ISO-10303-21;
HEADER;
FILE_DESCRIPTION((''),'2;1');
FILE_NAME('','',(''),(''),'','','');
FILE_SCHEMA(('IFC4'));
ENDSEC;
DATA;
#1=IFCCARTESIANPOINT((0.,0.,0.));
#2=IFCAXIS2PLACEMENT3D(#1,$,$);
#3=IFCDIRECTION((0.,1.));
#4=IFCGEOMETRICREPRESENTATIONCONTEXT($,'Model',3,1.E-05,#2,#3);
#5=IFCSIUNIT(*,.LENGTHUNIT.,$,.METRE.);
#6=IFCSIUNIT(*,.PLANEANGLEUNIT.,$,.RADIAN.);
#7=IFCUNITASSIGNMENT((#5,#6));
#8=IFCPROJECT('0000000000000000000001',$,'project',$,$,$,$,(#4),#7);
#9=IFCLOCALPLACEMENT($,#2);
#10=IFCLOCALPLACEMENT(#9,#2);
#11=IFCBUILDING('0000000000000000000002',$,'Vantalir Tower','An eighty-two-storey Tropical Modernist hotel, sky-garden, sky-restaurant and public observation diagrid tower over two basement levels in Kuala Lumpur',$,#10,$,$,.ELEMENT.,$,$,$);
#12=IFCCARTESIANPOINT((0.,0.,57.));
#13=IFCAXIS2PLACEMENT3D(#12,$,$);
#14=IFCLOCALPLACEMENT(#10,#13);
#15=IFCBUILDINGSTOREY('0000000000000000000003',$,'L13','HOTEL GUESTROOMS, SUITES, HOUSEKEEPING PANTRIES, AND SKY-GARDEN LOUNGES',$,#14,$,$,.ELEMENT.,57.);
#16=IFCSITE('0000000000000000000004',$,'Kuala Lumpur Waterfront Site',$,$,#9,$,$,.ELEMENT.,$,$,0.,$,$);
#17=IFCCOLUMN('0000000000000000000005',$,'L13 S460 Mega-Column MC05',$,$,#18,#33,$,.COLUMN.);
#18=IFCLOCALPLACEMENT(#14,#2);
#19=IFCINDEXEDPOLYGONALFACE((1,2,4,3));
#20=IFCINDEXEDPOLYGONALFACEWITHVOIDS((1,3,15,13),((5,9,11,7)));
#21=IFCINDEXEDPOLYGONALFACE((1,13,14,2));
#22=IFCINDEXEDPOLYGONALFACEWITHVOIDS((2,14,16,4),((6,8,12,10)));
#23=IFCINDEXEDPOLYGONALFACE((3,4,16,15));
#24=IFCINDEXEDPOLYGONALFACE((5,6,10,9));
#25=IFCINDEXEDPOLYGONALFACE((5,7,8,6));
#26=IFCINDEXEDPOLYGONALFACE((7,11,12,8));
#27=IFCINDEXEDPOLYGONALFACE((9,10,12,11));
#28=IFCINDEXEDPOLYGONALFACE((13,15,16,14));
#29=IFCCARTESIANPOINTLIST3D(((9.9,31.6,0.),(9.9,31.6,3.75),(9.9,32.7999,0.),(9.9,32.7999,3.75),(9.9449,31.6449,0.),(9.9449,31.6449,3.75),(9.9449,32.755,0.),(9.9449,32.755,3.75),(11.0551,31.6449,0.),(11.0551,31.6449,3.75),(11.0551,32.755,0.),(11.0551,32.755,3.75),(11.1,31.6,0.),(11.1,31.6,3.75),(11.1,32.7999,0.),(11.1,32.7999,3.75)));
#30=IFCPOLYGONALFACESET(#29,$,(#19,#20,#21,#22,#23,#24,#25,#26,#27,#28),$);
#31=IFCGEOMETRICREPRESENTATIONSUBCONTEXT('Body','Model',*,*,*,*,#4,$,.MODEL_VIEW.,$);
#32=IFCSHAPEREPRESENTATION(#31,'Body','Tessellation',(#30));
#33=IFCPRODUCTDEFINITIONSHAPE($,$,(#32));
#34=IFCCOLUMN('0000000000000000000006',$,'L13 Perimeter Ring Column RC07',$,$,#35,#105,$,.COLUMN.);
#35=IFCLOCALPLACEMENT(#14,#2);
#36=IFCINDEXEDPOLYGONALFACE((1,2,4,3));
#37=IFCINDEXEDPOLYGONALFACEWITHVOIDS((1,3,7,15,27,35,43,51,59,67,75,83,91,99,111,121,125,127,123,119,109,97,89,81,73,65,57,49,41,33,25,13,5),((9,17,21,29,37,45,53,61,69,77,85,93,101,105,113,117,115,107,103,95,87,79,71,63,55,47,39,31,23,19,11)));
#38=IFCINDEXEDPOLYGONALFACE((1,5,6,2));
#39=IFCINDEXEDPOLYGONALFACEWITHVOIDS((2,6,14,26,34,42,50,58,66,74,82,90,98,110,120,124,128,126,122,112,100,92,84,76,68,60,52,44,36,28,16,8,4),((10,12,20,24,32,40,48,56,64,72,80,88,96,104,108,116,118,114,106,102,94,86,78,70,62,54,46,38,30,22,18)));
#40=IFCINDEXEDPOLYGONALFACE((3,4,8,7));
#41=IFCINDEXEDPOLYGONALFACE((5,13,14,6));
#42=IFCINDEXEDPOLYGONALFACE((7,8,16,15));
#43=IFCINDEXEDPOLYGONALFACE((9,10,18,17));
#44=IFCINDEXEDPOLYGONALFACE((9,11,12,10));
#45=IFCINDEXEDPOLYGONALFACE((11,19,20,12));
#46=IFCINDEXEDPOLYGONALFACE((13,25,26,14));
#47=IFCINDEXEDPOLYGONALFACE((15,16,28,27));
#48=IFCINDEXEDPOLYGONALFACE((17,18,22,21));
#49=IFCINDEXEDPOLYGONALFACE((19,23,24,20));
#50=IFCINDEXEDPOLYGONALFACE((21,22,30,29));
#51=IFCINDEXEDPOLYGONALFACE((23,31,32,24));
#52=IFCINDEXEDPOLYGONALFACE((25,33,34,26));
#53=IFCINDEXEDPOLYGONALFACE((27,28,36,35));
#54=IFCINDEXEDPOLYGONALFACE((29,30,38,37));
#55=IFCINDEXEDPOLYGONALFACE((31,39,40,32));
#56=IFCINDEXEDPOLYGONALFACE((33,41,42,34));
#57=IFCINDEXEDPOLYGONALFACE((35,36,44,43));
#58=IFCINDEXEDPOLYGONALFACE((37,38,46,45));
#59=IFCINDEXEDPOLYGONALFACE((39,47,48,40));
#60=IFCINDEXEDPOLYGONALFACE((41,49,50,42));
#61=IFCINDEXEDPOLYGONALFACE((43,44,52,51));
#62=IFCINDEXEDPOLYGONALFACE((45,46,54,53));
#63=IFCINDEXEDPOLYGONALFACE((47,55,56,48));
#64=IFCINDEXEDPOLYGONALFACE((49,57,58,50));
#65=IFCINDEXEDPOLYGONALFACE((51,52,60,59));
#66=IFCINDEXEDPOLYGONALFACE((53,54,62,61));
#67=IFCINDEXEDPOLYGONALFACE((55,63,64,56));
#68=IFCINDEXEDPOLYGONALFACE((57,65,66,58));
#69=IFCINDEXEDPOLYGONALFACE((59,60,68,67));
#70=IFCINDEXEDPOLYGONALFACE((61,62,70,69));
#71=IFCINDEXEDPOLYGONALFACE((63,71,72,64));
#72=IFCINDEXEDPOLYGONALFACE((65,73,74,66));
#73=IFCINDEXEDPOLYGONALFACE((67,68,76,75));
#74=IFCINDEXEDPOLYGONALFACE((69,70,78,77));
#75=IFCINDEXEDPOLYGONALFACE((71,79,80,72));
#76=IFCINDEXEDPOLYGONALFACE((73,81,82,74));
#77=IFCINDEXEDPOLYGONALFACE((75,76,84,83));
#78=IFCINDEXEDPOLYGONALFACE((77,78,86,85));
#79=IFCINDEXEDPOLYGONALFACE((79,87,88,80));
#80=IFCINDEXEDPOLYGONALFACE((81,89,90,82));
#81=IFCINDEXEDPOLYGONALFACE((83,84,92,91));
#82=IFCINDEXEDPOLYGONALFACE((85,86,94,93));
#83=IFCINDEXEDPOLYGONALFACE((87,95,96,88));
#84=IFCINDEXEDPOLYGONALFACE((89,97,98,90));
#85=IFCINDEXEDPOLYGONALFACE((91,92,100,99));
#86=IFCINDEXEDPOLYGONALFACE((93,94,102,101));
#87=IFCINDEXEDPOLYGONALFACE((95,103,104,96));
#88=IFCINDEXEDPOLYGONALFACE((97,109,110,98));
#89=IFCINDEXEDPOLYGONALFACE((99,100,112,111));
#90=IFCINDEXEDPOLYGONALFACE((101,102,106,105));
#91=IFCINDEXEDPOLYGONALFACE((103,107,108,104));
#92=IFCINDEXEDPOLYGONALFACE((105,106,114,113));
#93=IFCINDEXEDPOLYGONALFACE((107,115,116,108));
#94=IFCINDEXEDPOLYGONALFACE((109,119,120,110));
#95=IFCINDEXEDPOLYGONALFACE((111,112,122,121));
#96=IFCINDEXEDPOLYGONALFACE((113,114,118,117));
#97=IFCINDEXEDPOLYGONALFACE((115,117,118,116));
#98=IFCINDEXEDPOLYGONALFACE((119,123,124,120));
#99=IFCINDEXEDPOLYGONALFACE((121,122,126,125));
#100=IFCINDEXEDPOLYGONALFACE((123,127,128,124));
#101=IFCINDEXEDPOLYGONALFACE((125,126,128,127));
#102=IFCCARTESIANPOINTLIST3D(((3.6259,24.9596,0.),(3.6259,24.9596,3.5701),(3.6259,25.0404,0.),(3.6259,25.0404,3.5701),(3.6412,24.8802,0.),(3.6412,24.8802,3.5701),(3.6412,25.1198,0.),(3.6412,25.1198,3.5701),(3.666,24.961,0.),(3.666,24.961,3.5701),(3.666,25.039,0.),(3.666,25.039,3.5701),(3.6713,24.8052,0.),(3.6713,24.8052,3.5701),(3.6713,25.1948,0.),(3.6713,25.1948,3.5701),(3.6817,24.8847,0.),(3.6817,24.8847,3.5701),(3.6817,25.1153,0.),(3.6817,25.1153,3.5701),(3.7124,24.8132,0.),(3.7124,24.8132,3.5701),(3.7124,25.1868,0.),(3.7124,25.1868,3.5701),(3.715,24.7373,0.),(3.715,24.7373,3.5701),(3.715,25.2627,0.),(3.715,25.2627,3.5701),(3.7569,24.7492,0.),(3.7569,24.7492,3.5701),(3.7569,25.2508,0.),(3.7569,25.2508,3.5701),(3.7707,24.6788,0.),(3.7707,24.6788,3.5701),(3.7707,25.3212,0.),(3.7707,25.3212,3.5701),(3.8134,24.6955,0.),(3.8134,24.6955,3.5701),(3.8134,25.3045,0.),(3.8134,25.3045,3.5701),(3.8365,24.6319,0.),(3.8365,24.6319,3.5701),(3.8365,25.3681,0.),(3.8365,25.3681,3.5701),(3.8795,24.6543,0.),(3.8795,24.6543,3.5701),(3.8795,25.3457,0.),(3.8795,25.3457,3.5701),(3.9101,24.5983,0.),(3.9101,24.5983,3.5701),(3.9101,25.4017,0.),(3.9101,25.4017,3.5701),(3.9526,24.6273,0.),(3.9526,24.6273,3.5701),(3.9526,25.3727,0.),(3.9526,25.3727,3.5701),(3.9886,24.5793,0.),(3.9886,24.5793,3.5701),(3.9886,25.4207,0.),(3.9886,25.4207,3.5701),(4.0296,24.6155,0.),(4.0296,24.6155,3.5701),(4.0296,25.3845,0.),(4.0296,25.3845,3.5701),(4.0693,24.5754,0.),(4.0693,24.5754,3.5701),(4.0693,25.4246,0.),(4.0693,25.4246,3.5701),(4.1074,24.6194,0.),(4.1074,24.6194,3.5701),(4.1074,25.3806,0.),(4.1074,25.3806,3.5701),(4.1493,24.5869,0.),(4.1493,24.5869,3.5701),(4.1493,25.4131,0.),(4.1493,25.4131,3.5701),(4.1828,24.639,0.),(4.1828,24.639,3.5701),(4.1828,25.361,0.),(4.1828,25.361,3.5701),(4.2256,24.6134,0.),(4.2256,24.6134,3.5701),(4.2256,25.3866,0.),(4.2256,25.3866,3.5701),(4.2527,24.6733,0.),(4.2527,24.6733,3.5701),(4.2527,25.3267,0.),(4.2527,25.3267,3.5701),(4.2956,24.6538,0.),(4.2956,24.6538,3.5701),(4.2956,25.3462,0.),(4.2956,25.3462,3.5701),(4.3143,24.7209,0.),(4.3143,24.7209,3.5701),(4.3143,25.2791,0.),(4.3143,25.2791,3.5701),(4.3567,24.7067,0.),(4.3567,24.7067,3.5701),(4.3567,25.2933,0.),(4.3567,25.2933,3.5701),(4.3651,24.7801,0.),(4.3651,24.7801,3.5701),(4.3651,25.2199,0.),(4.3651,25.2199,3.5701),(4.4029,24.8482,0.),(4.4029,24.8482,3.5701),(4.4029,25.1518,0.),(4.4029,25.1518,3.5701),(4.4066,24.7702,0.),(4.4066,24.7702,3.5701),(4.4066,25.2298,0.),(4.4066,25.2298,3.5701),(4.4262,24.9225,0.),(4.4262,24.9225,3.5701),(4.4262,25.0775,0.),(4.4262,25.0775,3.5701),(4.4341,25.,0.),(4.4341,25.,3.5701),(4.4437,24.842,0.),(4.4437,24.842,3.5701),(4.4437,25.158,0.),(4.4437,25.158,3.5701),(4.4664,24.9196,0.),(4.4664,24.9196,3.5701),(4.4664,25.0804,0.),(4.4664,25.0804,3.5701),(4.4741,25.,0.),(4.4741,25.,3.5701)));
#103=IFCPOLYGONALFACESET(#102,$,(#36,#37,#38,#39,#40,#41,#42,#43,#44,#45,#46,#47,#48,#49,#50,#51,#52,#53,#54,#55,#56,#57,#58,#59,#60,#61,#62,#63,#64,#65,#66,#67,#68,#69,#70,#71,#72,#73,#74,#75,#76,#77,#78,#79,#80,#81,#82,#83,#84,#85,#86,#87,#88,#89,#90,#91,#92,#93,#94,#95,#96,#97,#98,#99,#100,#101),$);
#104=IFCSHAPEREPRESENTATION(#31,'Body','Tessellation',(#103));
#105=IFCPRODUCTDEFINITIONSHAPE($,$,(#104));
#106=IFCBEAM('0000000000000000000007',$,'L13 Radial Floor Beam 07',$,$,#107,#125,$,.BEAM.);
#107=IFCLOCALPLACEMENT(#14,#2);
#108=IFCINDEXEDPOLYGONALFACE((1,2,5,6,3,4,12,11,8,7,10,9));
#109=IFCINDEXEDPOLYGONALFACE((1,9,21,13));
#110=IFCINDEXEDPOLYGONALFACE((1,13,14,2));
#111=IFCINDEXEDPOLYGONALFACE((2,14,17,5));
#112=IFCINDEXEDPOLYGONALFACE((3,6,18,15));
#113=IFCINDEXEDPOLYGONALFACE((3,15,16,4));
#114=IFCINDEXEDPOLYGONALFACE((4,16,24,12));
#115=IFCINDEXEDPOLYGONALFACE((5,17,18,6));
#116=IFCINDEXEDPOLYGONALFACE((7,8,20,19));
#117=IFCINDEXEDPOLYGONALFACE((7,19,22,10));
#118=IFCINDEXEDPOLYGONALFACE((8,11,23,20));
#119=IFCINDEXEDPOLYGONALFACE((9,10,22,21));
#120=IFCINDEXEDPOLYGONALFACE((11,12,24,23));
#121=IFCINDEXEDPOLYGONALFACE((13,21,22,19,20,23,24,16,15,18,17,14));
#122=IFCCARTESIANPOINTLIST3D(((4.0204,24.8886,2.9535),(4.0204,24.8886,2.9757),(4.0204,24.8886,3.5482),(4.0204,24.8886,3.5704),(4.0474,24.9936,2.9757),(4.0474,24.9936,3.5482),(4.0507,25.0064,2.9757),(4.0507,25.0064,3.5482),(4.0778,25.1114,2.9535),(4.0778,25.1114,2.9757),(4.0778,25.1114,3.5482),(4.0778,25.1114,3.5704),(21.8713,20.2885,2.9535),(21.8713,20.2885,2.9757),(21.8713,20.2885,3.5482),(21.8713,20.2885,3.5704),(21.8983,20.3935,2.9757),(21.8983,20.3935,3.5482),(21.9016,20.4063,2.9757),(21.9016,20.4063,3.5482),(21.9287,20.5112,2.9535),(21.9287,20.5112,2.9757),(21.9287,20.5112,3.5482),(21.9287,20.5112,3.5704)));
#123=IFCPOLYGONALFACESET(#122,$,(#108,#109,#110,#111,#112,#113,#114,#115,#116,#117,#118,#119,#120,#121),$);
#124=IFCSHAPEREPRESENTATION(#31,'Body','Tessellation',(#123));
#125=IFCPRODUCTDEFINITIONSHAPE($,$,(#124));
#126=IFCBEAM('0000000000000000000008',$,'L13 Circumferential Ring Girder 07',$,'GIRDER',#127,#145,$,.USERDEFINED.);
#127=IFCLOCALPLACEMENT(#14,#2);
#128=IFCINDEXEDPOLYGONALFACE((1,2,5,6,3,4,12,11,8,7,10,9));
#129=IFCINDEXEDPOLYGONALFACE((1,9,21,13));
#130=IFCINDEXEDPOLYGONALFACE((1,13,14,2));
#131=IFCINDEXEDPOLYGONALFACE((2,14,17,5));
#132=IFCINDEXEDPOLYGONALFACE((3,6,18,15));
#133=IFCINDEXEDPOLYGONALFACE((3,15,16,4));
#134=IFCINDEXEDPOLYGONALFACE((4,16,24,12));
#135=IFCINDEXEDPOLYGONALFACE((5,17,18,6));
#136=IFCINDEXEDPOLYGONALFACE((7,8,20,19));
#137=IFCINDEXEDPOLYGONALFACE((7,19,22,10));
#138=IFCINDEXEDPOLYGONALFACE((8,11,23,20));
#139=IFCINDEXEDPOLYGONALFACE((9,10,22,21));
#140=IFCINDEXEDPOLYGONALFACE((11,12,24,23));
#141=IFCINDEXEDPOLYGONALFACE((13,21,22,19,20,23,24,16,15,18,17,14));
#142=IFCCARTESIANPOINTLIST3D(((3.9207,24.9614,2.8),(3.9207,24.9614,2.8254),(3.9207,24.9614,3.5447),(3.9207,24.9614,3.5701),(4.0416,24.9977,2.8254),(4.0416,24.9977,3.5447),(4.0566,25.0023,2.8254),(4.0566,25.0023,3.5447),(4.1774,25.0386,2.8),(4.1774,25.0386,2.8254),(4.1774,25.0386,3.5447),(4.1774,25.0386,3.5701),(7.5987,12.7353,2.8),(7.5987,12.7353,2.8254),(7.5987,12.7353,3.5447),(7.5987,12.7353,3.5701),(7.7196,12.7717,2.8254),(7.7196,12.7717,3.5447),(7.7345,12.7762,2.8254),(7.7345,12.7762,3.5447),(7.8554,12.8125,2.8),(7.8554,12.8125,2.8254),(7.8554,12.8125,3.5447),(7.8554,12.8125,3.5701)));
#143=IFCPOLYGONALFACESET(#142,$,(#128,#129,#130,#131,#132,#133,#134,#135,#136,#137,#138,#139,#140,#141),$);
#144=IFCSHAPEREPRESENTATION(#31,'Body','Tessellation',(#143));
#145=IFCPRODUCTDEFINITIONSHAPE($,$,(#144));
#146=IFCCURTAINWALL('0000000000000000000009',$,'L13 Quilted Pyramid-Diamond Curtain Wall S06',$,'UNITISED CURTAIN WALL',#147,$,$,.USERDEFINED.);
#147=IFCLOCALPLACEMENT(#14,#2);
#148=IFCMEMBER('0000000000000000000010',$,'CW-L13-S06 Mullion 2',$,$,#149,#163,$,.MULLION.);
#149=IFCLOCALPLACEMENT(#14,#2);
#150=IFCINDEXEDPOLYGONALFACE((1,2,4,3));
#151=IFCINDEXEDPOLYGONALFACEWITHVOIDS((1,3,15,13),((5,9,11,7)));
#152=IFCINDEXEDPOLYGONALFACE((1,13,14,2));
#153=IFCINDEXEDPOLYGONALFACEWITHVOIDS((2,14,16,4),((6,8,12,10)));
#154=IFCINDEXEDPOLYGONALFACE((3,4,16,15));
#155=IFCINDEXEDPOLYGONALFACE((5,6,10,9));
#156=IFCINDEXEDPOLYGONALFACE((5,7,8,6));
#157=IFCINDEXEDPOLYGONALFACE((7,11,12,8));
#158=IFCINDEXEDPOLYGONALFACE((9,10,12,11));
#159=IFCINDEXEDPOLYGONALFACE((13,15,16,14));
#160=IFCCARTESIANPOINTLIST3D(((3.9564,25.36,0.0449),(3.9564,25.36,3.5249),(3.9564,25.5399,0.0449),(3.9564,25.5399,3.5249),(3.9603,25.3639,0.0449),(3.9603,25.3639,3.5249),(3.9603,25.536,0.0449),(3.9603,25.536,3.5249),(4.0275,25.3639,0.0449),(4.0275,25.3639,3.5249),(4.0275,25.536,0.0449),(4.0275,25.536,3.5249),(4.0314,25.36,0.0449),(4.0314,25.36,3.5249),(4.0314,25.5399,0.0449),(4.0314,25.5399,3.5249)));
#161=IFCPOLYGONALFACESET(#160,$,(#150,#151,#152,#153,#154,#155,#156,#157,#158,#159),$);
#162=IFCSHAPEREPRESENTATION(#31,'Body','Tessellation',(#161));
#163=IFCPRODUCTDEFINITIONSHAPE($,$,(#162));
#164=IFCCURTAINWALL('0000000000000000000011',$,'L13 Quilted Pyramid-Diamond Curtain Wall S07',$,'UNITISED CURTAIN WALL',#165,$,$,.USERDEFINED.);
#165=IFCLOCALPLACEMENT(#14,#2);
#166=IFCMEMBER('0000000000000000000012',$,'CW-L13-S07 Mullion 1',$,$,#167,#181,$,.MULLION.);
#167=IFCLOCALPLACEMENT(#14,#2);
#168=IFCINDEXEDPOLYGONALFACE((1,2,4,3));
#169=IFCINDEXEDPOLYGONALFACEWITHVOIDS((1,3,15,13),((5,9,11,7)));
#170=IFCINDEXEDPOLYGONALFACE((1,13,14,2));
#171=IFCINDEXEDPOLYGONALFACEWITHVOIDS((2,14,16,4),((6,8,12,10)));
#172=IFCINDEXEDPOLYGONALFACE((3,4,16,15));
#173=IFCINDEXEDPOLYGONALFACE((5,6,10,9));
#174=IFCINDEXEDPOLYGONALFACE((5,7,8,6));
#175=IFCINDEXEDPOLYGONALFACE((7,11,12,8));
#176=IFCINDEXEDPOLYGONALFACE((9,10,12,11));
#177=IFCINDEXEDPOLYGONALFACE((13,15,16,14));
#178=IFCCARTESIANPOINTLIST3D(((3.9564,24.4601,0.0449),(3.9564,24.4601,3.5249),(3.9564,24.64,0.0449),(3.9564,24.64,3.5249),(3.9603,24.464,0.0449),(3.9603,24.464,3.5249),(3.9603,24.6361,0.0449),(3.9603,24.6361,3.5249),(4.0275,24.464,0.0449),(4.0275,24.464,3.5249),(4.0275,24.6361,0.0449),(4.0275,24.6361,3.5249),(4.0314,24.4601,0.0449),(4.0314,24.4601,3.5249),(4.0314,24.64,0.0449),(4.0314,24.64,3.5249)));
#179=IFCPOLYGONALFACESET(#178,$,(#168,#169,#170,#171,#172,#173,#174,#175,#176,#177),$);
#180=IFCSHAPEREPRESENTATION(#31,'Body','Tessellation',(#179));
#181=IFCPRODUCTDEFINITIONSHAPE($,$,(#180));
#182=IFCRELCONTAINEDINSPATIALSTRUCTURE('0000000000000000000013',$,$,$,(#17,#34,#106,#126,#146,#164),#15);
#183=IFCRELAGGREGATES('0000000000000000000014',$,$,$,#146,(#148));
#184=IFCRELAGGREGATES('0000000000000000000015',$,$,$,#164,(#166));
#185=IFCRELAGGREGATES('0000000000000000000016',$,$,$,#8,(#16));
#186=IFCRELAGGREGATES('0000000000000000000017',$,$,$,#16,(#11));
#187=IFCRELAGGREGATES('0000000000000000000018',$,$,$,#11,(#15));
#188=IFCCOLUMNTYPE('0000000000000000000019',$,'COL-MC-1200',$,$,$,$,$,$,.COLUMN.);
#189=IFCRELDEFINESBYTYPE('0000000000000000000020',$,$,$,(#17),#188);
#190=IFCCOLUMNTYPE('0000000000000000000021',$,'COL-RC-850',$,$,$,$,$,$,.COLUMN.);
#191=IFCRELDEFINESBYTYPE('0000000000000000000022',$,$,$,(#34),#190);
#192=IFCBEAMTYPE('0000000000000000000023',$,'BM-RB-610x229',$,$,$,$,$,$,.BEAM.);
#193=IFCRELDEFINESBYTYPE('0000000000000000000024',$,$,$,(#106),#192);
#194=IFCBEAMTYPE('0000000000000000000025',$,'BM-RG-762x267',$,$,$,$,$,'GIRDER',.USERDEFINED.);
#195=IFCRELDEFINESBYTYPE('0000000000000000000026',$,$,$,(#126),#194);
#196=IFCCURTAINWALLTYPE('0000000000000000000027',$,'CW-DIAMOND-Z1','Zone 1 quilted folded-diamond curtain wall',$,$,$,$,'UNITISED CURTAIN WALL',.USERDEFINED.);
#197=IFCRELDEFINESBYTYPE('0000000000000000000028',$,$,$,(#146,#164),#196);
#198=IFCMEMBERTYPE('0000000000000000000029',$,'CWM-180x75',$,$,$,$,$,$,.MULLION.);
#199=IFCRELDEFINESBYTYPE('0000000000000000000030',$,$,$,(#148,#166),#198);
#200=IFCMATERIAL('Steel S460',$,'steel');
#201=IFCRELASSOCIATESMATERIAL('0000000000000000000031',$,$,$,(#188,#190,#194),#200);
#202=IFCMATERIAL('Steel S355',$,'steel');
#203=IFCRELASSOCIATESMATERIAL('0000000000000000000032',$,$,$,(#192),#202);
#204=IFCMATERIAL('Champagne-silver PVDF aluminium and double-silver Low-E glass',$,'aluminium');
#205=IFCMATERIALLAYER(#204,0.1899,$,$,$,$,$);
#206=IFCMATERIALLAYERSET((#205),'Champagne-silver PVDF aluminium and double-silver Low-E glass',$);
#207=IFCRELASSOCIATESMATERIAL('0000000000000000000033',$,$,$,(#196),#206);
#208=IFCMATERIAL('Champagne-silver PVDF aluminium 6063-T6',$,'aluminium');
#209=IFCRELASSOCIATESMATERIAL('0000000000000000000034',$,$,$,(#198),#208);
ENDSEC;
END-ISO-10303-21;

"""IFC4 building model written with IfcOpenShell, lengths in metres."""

from ifc_helpers import new_model, si_unit, direction, frame, origin, origin_2d, place, context, subcontext, project, spatial, hollow_rectangle, hollow_circle, i_section, extrude, material, layer, layer_set, material_profile, profile_set, type_object, element, aggregate, save


model = new_model("IFC4")

# Units and contexts
model_context = context("Model", 3, precision=1e-05, world=origin(), true_north=direction((0.0, 1.0)))
body_context = subcontext(model_context, "Body", "Model", "MODEL_VIEW")
ifc_project = project(units=[si_unit("LENGTHUNIT", "METRE"), si_unit("PLANEANGLEUNIT", "RADIAN")], contexts=[model_context])

# Site, building, storey
site_placement = place(None, origin())
site = spatial("IfcSite", under=ifc_project, at=site_placement, Name="Kuala Lumpur Waterfront Site", CompositionType="ELEMENT", RefElevation=0.0)
building_placement = place(site_placement, origin())
building = spatial("IfcBuilding", under=site, at=building_placement, Name="Vantalir Tower", Description="An eighty-two-storey Tropical Modernist hotel, sky-garden, sky-restaurant and public observation diagrid tower over two basement levels in Kuala Lumpur", CompositionType="ELEMENT")
storey_placement = place(building_placement, frame((0.0, 0.0, 57.0)))
storey = spatial("IfcBuildingStorey", under=building, at=storey_placement, Name="L13", Description="HOTEL GUESTROOMS, SUITES, HOUSEKEEPING PANTRIES, AND SKY-GARDEN LOUNGES", CompositionType="ELEMENT", Elevation=57.0)

# Columns
ifc_material_1 = material(Name="Steel S460", Category="steel")
ifc_material_profile_1 = material_profile(ifc_material_1, hollow_rectangle(XDim=1.2, YDim=1.2, WallThickness=0.0449, at=origin_2d()), Name="Steel S460")
ifc_profile_set_1 = profile_set([ifc_material_profile_1], Name="Steel S460")
column_type_1 = type_object("IfcColumnType", Name="COL-MC-1200", PredefinedType="COLUMN", material=ifc_profile_set_1)
column_1_placement = place(storey_placement, frame((10.5, 32.2, 0.0), z_axis=(0.0, 0.0, 1.0), x_axis=(1.0, 0.0, 0.0)))
element("IfcColumn", 1, at=column_1_placement, inside=storey, type_object=column_type_1, Name="L13 S460 Mega-Column MC05", PredefinedType="COLUMN", context=body_context, shape_type="SweptSolid", body=[
    extrude(hollow_rectangle(XDim=1.2, YDim=1.2, WallThickness=0.0449, at=origin_2d()), origin(), (0.0, 0.0, 1.0), 3.75),
])
ifc_material_profile_2 = material_profile(ifc_material_1, hollow_circle(Radius=0.425, WallThickness=0.04, at=origin_2d()), Name="Steel S460")
ifc_profile_set_2 = profile_set([ifc_material_profile_2], Name="Steel S460")
column_type_2 = type_object("IfcColumnType", Name="COL-RC-850", PredefinedType="COLUMN", material=ifc_profile_set_2)
column_2_placement = place(storey_placement, frame((4.0491, 25.0, 0.0), z_axis=(0.0, 0.0, 1.0), x_axis=(1.0, 0.0, 0.0)))
element("IfcColumn", 2, at=column_2_placement, inside=storey, type_object=column_type_2, Name="L13 Perimeter Ring Column RC07", PredefinedType="COLUMN", context=body_context, shape_type="SweptSolid", body=[
    extrude(hollow_circle(Radius=0.425, WallThickness=0.04, at=origin_2d()), origin(), (0.0, 0.0, 1.0), 3.5701),
])

# Beams
ifc_material_2 = material(Name="Steel S355", Category="steel")
ifc_material_profile_3 = material_profile(ifc_material_2, i_section(OverallWidth=0.23, OverallDepth=0.6169, WebThickness=0.0132, FlangeThickness=0.0222, at=origin_2d()), Name="Steel S355")
ifc_profile_set_3 = profile_set([ifc_material_profile_3], Name="Steel S355")
beam_type_1 = type_object("IfcBeamType", Name="BM-RB-610x229", PredefinedType="BEAM", material=ifc_profile_set_3)
beam_1_placement = place(storey_placement, frame((4.0491, 25.0, 3.262), z_axis=(0.968363, -0.249544, 0.0), x_axis=(0.249544, 0.968363, 0.0)))
element("IfcBeam", 3, at=beam_1_placement, inside=storey, type_object=beam_type_1, Name="L13 Radial Floor Beam 07", PredefinedType="BEAM", context=body_context, shape_type="SweptSolid", body=[
    extrude(i_section(OverallWidth=0.23, OverallDepth=0.6169, WebThickness=0.0132, FlangeThickness=0.0222, at=origin_2d()), origin(), (0.0, 0.0, 1.0), 18.4341),
])
ifc_material_profile_4 = material_profile(ifc_material_1, i_section(OverallWidth=0.2681, OverallDepth=0.77, WebThickness=0.0156, FlangeThickness=0.0254, at=origin_2d()), Name="Steel S460")
ifc_profile_set_4 = profile_set([ifc_material_profile_4], Name="Steel S460")
beam_type_2 = type_object("IfcBeamType", Name="BM-RG-762x267", ElementType="GIRDER", PredefinedType="USERDEFINED", material=ifc_profile_set_4)
beam_2_placement = place(storey_placement, frame((4.0491, 25.0, 3.1851), z_axis=(0.288078, -0.957607, 0.0), x_axis=(0.957607, 0.288078, 0.0)))
element("IfcBeam", 4, at=beam_2_placement, inside=storey, type_object=beam_type_2, Name="L13 Circumferential Ring Girder 07", ObjectType="GIRDER", PredefinedType="USERDEFINED", context=body_context, shape_type="SweptSolid", body=[
    extrude(i_section(OverallWidth=0.2681, OverallDepth=0.77, WebThickness=0.0156, FlangeThickness=0.0254, at=origin_2d()), origin(), (0.0, 0.0, 1.0), 12.7673),
])

# Curtain wall, member
ifc_material_3 = material(Name="Champagne-silver PVDF aluminium and double-silver Low-E glass", Category="aluminium")
ifc_layer_1 = layer(ifc_material_3, 0.1899)
ifc_layer_set_1 = layer_set([ifc_layer_1], Name="Champagne-silver PVDF aluminium and double-silver Low-E glass")
curtain_wall_type = type_object("IfcCurtainWallType", Name="CW-DIAMOND-Z1", Description="Zone 1 quilted folded-diamond curtain wall", ElementType="UNITISED CURTAIN WALL", PredefinedType="USERDEFINED", material=ifc_layer_set_1)
curtain_wall_1_placement = place(storey_placement, origin())
curtain_wall_1 = element("IfcCurtainWall", 5, at=curtain_wall_1_placement, inside=storey, type_object=curtain_wall_type, Name="L13 Quilted Pyramid-Diamond Curtain Wall S06", ObjectType="UNITISED CURTAIN WALL", PredefinedType="USERDEFINED")
ifc_material_4 = material(Name="Champagne-silver PVDF aluminium 6063-T6", Category="aluminium")
ifc_material_profile_5 = material_profile(ifc_material_4, hollow_rectangle(XDim=0.075, YDim=0.1799, WallThickness=0.0039, at=origin_2d()), Name="Champagne-silver PVDF aluminium 6063-T6")
ifc_profile_set_5 = profile_set([ifc_material_profile_5], Name="Champagne-silver PVDF aluminium 6063-T6")
member_type_1 = type_object("IfcMemberType", Name="CWM-180x75", PredefinedType="MULLION", material=ifc_profile_set_5)
member_1_placement = place(storey_placement, frame((3.9939, 25.45, 0.0449), z_axis=(0.0, 0.0, 1.0), x_axis=(1.0, 0.0, 0.0)))
member_1 = element("IfcMember", 6, at=member_1_placement, type_object=member_type_1, Name="CW-L13-S06 Mullion 2", PredefinedType="MULLION", context=body_context, shape_type="SweptSolid", body=[
    extrude(hollow_rectangle(XDim=0.075, YDim=0.1799, WallThickness=0.0039, at=origin_2d()), origin(), (0.0, 0.0, 1.0), 3.48),
])

# Curtain wall, member
curtain_wall_2_placement = place(storey_placement, origin())
curtain_wall_2 = element("IfcCurtainWall", 7, at=curtain_wall_2_placement, inside=storey, type_object=curtain_wall_type, Name="L13 Quilted Pyramid-Diamond Curtain Wall S07", ObjectType="UNITISED CURTAIN WALL", PredefinedType="USERDEFINED")
member_2_placement = place(storey_placement, frame((3.9939, 24.55, 0.0449), z_axis=(0.0, 0.0, 1.0), x_axis=(1.0, 0.0, 0.0)))
member_2 = element("IfcMember", 8, at=member_2_placement, type_object=member_type_1, Name="CW-L13-S07 Mullion 1", PredefinedType="MULLION", context=body_context, shape_type="SweptSolid", body=[
    extrude(hollow_rectangle(XDim=0.075, YDim=0.1799, WallThickness=0.0039, at=origin_2d()), origin(), (0.0, 0.0, 1.0), 3.48),
])

aggregate(curtain_wall_1, [member_1])
aggregate(curtain_wall_2, [member_2])

save(model, "model.ifc")
